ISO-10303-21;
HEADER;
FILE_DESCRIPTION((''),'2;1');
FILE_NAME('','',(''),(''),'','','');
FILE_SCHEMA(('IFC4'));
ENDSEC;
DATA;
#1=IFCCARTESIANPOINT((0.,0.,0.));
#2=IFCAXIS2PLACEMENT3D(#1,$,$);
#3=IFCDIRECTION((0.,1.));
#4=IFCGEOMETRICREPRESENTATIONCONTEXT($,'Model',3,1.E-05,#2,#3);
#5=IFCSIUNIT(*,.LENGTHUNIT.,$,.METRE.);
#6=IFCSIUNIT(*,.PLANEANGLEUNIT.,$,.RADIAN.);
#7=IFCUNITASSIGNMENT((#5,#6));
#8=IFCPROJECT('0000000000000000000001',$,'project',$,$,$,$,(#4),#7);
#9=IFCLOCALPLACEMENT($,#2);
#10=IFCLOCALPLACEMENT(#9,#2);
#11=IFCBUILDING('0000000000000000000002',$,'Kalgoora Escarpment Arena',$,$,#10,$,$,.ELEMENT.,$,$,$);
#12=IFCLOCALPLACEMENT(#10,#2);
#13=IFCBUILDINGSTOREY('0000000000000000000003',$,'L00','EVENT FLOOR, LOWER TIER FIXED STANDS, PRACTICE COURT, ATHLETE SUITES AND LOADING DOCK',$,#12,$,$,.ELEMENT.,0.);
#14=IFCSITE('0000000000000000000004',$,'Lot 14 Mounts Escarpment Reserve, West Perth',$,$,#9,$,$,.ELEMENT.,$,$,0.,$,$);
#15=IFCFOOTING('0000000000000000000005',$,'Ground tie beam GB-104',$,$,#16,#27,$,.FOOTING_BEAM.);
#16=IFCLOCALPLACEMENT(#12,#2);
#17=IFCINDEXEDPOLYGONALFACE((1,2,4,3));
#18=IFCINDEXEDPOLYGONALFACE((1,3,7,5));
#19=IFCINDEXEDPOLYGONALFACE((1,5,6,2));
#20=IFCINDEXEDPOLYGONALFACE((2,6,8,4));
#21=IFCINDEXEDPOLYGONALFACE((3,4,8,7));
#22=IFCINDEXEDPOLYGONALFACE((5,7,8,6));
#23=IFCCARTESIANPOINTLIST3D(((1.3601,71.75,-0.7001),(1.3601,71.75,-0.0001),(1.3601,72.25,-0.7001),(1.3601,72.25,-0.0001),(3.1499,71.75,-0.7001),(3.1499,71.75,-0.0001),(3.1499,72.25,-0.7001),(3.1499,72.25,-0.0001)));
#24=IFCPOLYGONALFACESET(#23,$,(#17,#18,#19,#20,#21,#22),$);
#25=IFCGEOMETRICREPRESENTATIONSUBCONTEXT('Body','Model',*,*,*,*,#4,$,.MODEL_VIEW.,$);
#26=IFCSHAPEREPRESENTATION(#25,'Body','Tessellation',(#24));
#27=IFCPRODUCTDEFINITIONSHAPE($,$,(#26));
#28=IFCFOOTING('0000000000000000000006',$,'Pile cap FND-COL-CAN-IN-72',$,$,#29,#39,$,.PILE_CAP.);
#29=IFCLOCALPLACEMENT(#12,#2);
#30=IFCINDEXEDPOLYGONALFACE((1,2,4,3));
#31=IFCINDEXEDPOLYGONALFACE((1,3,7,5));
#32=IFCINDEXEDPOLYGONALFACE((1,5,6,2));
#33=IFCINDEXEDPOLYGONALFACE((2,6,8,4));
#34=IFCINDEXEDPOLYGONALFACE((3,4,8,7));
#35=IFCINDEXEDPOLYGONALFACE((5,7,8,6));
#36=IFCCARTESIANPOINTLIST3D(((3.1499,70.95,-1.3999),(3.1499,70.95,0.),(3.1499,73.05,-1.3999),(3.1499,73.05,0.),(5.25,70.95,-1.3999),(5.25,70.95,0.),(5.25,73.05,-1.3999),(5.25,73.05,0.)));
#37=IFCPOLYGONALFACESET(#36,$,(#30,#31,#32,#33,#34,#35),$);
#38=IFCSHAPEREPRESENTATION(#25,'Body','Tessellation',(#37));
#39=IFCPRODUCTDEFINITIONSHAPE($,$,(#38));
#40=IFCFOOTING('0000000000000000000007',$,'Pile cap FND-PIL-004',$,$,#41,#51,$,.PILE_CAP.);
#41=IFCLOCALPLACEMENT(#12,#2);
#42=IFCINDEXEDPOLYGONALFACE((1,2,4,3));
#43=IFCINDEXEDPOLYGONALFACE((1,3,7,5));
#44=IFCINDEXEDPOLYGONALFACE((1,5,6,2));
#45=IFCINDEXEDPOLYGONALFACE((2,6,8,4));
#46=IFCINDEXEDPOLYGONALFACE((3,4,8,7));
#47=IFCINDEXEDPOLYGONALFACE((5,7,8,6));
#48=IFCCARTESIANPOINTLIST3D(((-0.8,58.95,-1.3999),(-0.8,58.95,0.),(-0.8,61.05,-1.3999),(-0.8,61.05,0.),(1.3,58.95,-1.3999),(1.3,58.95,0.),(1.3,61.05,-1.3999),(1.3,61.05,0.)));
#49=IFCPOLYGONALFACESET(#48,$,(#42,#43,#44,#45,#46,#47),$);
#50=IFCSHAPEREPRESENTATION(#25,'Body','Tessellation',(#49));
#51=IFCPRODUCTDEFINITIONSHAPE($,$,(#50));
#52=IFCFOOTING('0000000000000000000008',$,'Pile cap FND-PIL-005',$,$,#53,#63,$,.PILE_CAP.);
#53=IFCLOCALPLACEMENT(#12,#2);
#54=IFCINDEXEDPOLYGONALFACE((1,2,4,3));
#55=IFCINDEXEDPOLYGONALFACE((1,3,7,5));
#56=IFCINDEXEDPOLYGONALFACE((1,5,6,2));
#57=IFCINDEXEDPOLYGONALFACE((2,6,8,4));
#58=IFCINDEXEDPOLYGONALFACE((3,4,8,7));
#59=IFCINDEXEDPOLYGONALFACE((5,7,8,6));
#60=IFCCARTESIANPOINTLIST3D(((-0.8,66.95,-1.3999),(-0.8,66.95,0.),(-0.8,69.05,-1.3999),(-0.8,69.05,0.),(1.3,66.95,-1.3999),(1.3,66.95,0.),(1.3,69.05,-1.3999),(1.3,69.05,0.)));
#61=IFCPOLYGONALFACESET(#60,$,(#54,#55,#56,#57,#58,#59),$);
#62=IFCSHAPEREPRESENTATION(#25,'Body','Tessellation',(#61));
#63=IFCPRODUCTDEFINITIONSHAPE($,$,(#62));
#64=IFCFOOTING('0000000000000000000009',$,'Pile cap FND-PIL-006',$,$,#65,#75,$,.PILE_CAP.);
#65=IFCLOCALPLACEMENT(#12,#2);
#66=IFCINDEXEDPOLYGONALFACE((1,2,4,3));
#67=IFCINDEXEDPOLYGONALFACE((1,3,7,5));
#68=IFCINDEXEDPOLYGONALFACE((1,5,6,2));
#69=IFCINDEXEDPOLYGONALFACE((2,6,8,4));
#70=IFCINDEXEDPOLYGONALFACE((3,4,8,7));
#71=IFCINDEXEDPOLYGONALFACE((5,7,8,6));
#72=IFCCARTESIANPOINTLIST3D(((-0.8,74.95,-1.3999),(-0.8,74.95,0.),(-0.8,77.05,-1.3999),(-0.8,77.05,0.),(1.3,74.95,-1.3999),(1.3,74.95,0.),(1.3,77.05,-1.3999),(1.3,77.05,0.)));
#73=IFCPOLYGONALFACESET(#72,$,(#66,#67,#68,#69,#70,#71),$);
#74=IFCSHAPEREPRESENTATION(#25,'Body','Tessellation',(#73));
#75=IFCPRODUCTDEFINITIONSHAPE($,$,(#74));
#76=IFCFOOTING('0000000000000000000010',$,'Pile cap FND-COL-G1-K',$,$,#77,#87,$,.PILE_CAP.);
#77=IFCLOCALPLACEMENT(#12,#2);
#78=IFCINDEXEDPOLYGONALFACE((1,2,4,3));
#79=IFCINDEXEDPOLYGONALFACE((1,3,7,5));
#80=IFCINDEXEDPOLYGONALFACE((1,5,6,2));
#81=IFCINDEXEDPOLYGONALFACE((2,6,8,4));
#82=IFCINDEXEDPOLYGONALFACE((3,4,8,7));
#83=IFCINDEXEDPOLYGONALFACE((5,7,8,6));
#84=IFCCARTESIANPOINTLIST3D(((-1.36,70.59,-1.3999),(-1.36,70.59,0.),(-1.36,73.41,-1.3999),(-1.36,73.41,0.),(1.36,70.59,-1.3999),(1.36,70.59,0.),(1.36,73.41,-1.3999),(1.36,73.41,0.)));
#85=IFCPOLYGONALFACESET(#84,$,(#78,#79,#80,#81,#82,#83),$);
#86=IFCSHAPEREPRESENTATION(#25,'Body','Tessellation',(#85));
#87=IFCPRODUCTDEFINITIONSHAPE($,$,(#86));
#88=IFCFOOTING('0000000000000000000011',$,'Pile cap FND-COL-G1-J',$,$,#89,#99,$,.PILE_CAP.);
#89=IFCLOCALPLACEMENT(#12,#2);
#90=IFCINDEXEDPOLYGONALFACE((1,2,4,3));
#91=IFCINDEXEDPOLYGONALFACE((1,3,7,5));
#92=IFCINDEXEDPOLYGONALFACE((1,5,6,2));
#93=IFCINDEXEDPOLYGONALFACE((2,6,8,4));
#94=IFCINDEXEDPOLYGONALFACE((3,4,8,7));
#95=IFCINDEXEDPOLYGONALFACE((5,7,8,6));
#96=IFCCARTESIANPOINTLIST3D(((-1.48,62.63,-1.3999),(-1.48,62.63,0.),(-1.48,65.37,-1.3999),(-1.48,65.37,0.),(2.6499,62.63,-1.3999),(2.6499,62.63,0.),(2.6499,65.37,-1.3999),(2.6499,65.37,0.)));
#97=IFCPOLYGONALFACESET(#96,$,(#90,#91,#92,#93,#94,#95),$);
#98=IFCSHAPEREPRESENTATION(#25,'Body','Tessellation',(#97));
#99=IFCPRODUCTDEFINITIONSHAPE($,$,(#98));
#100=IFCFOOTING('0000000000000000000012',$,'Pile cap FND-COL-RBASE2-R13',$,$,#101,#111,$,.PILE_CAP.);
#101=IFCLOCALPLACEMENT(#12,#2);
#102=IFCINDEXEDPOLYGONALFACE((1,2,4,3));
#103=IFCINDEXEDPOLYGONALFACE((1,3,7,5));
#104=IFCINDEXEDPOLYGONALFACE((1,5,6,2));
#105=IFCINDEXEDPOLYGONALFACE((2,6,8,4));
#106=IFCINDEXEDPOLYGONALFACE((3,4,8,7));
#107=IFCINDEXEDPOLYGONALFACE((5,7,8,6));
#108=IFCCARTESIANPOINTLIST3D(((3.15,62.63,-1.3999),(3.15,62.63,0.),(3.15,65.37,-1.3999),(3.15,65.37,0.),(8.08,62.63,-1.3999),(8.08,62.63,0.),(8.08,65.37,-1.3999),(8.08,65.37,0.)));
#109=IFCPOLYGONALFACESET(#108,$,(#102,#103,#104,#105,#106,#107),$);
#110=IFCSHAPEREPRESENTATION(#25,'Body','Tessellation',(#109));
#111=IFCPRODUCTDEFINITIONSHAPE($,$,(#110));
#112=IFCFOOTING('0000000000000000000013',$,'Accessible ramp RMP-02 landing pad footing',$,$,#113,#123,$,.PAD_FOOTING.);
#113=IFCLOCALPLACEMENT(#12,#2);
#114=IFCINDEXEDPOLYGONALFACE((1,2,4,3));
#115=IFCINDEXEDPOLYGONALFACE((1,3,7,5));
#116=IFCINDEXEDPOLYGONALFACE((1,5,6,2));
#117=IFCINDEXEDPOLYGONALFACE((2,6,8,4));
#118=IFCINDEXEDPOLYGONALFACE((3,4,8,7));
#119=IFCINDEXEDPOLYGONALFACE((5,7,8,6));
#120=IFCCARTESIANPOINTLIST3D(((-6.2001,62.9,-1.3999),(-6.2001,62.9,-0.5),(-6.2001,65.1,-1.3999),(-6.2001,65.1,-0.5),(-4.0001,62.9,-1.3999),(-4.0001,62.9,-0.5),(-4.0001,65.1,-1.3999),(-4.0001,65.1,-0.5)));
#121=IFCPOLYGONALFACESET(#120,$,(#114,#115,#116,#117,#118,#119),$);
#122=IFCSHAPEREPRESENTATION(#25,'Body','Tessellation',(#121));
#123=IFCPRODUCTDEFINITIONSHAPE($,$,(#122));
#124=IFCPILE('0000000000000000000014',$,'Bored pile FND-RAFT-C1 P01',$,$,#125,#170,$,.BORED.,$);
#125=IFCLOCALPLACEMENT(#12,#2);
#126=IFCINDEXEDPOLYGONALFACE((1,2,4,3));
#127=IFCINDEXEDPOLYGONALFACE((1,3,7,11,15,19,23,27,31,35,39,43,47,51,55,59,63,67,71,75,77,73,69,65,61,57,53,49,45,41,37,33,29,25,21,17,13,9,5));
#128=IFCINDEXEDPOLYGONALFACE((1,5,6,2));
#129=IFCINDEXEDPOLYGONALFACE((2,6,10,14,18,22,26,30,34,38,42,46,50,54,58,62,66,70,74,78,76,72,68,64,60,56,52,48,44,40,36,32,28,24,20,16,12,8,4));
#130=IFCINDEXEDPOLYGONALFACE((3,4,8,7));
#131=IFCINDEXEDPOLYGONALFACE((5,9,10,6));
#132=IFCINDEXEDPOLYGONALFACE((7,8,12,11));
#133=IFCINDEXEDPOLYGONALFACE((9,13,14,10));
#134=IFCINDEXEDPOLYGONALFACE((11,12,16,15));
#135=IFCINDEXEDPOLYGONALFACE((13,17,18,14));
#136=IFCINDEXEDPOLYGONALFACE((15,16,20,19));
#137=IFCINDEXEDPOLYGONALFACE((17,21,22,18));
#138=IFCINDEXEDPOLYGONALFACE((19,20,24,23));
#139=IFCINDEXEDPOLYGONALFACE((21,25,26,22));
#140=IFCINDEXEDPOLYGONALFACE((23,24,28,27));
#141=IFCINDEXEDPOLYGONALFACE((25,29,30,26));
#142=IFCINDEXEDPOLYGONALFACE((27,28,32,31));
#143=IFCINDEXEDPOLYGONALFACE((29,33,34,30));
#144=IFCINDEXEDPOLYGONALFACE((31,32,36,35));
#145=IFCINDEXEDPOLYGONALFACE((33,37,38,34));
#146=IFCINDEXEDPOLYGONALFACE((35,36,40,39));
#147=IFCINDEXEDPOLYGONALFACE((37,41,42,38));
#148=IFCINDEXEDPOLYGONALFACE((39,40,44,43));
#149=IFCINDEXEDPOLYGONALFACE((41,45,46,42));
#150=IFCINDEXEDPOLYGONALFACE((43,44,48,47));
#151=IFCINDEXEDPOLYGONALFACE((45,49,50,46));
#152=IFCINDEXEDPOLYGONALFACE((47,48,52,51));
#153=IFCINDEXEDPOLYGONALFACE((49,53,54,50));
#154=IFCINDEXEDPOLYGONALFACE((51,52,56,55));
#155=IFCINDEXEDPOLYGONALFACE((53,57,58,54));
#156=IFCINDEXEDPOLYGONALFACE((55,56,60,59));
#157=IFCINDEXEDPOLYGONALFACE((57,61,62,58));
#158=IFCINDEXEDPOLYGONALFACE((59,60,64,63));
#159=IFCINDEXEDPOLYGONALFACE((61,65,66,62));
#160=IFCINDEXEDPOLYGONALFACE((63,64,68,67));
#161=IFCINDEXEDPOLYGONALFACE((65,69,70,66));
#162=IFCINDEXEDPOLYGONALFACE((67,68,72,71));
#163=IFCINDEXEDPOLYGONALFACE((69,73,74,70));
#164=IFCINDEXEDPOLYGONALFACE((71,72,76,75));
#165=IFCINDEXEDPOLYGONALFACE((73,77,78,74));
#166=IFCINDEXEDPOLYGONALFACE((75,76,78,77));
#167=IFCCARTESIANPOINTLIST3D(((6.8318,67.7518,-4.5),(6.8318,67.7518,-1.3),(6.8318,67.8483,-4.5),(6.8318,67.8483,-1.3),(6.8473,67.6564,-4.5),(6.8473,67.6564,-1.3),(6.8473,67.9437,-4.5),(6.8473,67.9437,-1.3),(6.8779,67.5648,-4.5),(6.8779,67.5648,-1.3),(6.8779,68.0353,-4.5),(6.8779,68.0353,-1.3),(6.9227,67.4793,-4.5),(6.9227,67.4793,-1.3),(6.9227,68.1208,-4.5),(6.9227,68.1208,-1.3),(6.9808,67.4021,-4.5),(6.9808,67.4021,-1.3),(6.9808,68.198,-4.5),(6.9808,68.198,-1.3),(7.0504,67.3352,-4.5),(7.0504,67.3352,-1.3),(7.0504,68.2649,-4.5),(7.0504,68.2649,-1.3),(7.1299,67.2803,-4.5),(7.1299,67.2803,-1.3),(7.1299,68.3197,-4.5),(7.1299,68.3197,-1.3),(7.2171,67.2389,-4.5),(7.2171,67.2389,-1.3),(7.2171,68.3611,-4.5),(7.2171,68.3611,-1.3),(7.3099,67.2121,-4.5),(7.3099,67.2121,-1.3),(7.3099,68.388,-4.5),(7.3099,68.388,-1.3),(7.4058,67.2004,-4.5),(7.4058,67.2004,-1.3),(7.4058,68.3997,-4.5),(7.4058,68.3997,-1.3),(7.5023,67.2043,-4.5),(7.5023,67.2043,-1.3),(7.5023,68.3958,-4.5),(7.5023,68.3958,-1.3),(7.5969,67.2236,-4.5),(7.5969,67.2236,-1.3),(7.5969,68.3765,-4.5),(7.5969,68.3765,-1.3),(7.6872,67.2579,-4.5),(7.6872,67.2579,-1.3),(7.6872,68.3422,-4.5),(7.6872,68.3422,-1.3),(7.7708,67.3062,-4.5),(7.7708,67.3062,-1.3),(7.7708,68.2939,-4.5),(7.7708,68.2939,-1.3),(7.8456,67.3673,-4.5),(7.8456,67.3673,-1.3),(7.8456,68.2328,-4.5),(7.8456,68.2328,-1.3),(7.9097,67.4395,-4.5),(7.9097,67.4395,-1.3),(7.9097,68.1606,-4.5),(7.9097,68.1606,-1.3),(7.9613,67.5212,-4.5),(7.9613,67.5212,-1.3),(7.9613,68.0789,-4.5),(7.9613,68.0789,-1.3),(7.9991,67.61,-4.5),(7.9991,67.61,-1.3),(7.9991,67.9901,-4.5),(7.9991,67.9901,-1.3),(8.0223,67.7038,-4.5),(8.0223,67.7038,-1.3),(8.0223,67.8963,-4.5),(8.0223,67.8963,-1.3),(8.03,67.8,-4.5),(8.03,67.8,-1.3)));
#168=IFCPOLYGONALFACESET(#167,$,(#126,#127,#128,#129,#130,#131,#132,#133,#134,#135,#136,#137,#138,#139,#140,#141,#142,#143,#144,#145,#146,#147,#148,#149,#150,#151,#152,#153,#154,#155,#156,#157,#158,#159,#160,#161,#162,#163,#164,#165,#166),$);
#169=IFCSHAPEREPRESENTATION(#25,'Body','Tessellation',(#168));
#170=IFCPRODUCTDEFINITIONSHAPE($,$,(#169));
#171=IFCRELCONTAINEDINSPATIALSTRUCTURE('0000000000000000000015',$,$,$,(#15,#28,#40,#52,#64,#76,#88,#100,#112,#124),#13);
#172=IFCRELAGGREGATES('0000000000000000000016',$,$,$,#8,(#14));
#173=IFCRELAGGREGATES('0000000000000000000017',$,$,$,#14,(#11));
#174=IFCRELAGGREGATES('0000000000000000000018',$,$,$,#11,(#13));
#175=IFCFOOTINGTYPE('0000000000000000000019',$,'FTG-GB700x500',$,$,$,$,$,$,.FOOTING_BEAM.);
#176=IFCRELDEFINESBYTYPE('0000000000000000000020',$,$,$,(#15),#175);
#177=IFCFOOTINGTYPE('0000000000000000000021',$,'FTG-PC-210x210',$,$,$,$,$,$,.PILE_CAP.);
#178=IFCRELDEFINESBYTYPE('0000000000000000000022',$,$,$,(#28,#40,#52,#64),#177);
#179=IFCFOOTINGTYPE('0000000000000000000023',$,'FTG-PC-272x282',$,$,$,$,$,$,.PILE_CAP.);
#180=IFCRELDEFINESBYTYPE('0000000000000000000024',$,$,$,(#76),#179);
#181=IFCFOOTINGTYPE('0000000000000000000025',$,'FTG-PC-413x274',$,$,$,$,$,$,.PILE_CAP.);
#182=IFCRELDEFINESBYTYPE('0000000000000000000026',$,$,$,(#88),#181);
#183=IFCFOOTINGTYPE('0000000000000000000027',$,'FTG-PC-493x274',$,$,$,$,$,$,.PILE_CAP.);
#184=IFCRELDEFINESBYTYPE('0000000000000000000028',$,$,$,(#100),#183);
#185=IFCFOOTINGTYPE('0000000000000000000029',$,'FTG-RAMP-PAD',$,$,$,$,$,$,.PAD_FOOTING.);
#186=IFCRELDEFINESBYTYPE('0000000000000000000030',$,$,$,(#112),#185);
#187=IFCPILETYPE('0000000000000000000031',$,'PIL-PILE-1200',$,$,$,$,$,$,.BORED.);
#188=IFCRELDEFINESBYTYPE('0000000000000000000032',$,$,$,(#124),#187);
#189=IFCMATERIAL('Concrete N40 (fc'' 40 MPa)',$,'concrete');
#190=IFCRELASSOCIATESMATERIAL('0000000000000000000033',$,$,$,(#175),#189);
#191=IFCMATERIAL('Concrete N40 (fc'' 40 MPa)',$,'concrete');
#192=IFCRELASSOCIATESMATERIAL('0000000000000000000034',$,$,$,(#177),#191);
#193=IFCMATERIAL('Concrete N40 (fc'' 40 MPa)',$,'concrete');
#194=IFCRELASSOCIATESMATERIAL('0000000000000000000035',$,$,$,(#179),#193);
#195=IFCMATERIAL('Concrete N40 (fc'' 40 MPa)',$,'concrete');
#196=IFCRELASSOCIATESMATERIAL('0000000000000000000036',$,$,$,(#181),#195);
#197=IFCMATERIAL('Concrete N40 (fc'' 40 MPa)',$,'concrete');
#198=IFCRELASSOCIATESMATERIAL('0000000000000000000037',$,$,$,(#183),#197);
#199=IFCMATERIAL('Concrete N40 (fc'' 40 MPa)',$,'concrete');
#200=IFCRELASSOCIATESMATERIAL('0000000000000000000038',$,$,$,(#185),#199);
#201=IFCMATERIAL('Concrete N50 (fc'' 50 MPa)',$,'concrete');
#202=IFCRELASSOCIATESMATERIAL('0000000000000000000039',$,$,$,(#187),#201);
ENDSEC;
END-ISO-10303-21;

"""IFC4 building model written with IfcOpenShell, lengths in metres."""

from ifc_helpers import new_model, si_unit, direction, frame, origin, origin_2d, place, context, subcontext, project, spatial, rectangle, circle, extrude, material, material_profile, profile_set, type_object, element, save


model = new_model("IFC4")

# Units and contexts
model_context = context("Model", 3, precision=1e-05, world=origin(), true_north=direction((0.0, 1.0)))
body_context = subcontext(model_context, "Body", "Model", "MODEL_VIEW")
ifc_project = project(units=[si_unit("LENGTHUNIT", "METRE"), si_unit("PLANEANGLEUNIT", "RADIAN")], contexts=[model_context])

# Site, building, storey
site_placement = place(None, origin())
site = spatial("IfcSite", under=ifc_project, at=site_placement, Name="Lot 14 Mounts Escarpment Reserve, West Perth", CompositionType="ELEMENT", RefElevation=0.0)
building_placement = place(site_placement, origin())
building = spatial("IfcBuilding", under=site, at=building_placement, Name="Kalgoora Escarpment Arena", CompositionType="ELEMENT")
storey_placement = place(building_placement, origin())
storey = spatial("IfcBuildingStorey", under=building, at=storey_placement, Name="L00", Description="EVENT FLOOR, LOWER TIER FIXED STANDS, PRACTICE COURT, ATHLETE SUITES AND LOADING DOCK", CompositionType="ELEMENT", Elevation=0.0)

# Footings
ifc_material_1 = material(Name="Concrete N40 (fc' 40 MPa)", Category="concrete")
ifc_material_profile_1 = material_profile(ifc_material_1, rectangle(XDim=0.5, YDim=0.7, at=origin_2d()))
ifc_profile_set_1 = profile_set([ifc_material_profile_1], Name="Concrete N40 (fc' 40 MPa)")
footing_type_1 = type_object("IfcFootingType", Name="FTG-GB700x500", PredefinedType="FOOTING_BEAM", material=ifc_profile_set_1)
footing_1_placement = place(storey_placement, frame((1.3601, 72.0, -0.3501), z_axis=(1.0, 0.0, 0.0), x_axis=(0.0, 1.0, 0.0)))
element("IfcFooting", 1, at=footing_1_placement, inside=storey, type_object=footing_type_1, Name="Ground tie beam GB-104", PredefinedType="FOOTING_BEAM", context=body_context, shape_type="SweptSolid", body=[
    extrude(rectangle(XDim=0.5, YDim=0.7, at=origin_2d()), origin(), (0.0, 0.0, 1.0), 1.7898),
])
ifc_material_2 = material(Name="Concrete N40 (fc' 40 MPa)", Category="concrete")
footing_type_2 = type_object("IfcFootingType", Name="FTG-PC-210x210", PredefinedType="PILE_CAP", material=ifc_material_2)
for number, where, z_axis, x_axis, name in (
    (2, (4.2, 72.0, -1.3999), (0.0, 0.0, 1.0), (1.0, 0.0, 0.0), "Pile cap FND-COL-CAN-IN-72"),
    (3, (0.25, 60.0, -1.3999), (0.0, 0.0, 1.0), (1.0, 0.0, 0.0), "Pile cap FND-PIL-004"),
    (4, (0.25, 68.0, -1.3999), (0.0, 0.0, 1.0), (1.0, 0.0, 0.0), "Pile cap FND-PIL-005"),
    (5, (0.25, 76.0, -1.3999), (0.0, 0.0, 1.0), (1.0, 0.0, 0.0), "Pile cap FND-PIL-006"),
):
    element("IfcFooting", number, at=place(storey_placement, frame(where, z_axis=z_axis, x_axis=x_axis)), inside=storey, type_object=footing_type_2, Name=name, PredefinedType="PILE_CAP", context=body_context, shape_type="SweptSolid", body=[
        extrude(rectangle(XDim=2.1001, YDim=2.1001, at=origin_2d()), origin(), (0.0, 0.0, 1.0), 1.3999),
    ])
ifc_material_3 = material(Name="Concrete N40 (fc' 40 MPa)", Category="concrete")
footing_type_3 = type_object("IfcFootingType", Name="FTG-PC-272x282", PredefinedType="PILE_CAP", material=ifc_material_3)
footing_2_placement = place(storey_placement, frame((0.0, 72.0, -1.3999), z_axis=(0.0, 0.0, 1.0), x_axis=(1.0, 0.0, 0.0)))
element("IfcFooting", 6, at=footing_2_placement, inside=storey, type_object=footing_type_3, Name="Pile cap FND-COL-G1-K", PredefinedType="PILE_CAP", context=body_context, shape_type="SweptSolid", body=[
    extrude(rectangle(XDim=2.72, YDim=2.8201, at=origin_2d()), origin(), (0.0, 0.0, 1.0), 1.3999),
])
ifc_material_4 = material(Name="Concrete N40 (fc' 40 MPa)", Category="concrete")
footing_type_4 = type_object("IfcFootingType", Name="FTG-PC-413x274", PredefinedType="PILE_CAP", material=ifc_material_4)
footing_3_placement = place(storey_placement, frame((0.585, 64.0, -1.3999), z_axis=(0.0, 0.0, 1.0), x_axis=(1.0, 0.0, 0.0)))
element("IfcFooting", 7, at=footing_3_placement, inside=storey, type_object=footing_type_4, Name="Pile cap FND-COL-G1-J", PredefinedType="PILE_CAP", context=body_context, shape_type="SweptSolid", body=[
    extrude(rectangle(XDim=4.1299, YDim=2.74, at=origin_2d()), origin(), (0.0, 0.0, 1.0), 1.3999),
])
ifc_material_5 = material(Name="Concrete N40 (fc' 40 MPa)", Category="concrete")
footing_type_5 = type_object("IfcFootingType", Name="FTG-PC-493x274", PredefinedType="PILE_CAP", material=ifc_material_5)
footing_4_placement = place(storey_placement, frame((5.615, 64.0, -1.3999), z_axis=(0.0, 0.0, 1.0), x_axis=(1.0, 0.0, 0.0)))
element("IfcFooting", 8, at=footing_4_placement, inside=storey, type_object=footing_type_5, Name="Pile cap FND-COL-RBASE2-R13", PredefinedType="PILE_CAP", context=body_context, shape_type="SweptSolid", body=[
    extrude(rectangle(XDim=4.9299, YDim=2.74, at=origin_2d()), origin(), (0.0, 0.0, 1.0), 1.3999),
])
ifc_material_6 = material(Name="Concrete N40 (fc' 40 MPa)", Category="concrete")
footing_type_6 = type_object("IfcFootingType", Name="FTG-RAMP-PAD", PredefinedType="PAD_FOOTING", material=ifc_material_6)
footing_5_placement = place(storey_placement, frame((-5.1001, 64.0, -1.3999), z_axis=(0.0, 0.0, 1.0), x_axis=(1.0, 0.0, 0.0)))
element("IfcFooting", 9, at=footing_5_placement, inside=storey, type_object=footing_type_6, Name="Accessible ramp RMP-02 landing pad footing", PredefinedType="PAD_FOOTING", context=body_context, shape_type="SweptSolid", body=[
    extrude(rectangle(XDim=2.2, YDim=2.2, at=origin_2d()), origin(), (0.0, 0.0, 1.0), 0.8999),
])

# Pile
ifc_material_7 = material(Name="Concrete N50 (fc' 50 MPa)", Category="concrete")
ifc_material_profile_2 = material_profile(ifc_material_7, circle(Radius=0.6001, at=origin_2d()))
ifc_profile_set_2 = profile_set([ifc_material_profile_2], Name="Concrete N50 (fc' 50 MPa)")
pile_type_1 = type_object("IfcPileType", Name="PIL-PILE-1200", PredefinedType="BORED", material=ifc_profile_set_2)
for number, where, z_axis, x_axis, name in (
    (10, (7.4299, 67.8, -1.3), (0.0, 0.0, -1.0), (1.0, 0.0, 0.0), "Bored pile FND-RAFT-C1 P01"),
):
    element("IfcPile", number, at=place(storey_placement, frame(where, z_axis=z_axis, x_axis=x_axis)), inside=storey, type_object=pile_type_1, Name=name, PredefinedType="BORED", context=body_context, shape_type="SweptSolid", body=[
        extrude(circle(Radius=0.6001, at=origin_2d()), origin(), (0.0, 0.0, 1.0), 3.2),
    ])

save(model, "model.ifc")
